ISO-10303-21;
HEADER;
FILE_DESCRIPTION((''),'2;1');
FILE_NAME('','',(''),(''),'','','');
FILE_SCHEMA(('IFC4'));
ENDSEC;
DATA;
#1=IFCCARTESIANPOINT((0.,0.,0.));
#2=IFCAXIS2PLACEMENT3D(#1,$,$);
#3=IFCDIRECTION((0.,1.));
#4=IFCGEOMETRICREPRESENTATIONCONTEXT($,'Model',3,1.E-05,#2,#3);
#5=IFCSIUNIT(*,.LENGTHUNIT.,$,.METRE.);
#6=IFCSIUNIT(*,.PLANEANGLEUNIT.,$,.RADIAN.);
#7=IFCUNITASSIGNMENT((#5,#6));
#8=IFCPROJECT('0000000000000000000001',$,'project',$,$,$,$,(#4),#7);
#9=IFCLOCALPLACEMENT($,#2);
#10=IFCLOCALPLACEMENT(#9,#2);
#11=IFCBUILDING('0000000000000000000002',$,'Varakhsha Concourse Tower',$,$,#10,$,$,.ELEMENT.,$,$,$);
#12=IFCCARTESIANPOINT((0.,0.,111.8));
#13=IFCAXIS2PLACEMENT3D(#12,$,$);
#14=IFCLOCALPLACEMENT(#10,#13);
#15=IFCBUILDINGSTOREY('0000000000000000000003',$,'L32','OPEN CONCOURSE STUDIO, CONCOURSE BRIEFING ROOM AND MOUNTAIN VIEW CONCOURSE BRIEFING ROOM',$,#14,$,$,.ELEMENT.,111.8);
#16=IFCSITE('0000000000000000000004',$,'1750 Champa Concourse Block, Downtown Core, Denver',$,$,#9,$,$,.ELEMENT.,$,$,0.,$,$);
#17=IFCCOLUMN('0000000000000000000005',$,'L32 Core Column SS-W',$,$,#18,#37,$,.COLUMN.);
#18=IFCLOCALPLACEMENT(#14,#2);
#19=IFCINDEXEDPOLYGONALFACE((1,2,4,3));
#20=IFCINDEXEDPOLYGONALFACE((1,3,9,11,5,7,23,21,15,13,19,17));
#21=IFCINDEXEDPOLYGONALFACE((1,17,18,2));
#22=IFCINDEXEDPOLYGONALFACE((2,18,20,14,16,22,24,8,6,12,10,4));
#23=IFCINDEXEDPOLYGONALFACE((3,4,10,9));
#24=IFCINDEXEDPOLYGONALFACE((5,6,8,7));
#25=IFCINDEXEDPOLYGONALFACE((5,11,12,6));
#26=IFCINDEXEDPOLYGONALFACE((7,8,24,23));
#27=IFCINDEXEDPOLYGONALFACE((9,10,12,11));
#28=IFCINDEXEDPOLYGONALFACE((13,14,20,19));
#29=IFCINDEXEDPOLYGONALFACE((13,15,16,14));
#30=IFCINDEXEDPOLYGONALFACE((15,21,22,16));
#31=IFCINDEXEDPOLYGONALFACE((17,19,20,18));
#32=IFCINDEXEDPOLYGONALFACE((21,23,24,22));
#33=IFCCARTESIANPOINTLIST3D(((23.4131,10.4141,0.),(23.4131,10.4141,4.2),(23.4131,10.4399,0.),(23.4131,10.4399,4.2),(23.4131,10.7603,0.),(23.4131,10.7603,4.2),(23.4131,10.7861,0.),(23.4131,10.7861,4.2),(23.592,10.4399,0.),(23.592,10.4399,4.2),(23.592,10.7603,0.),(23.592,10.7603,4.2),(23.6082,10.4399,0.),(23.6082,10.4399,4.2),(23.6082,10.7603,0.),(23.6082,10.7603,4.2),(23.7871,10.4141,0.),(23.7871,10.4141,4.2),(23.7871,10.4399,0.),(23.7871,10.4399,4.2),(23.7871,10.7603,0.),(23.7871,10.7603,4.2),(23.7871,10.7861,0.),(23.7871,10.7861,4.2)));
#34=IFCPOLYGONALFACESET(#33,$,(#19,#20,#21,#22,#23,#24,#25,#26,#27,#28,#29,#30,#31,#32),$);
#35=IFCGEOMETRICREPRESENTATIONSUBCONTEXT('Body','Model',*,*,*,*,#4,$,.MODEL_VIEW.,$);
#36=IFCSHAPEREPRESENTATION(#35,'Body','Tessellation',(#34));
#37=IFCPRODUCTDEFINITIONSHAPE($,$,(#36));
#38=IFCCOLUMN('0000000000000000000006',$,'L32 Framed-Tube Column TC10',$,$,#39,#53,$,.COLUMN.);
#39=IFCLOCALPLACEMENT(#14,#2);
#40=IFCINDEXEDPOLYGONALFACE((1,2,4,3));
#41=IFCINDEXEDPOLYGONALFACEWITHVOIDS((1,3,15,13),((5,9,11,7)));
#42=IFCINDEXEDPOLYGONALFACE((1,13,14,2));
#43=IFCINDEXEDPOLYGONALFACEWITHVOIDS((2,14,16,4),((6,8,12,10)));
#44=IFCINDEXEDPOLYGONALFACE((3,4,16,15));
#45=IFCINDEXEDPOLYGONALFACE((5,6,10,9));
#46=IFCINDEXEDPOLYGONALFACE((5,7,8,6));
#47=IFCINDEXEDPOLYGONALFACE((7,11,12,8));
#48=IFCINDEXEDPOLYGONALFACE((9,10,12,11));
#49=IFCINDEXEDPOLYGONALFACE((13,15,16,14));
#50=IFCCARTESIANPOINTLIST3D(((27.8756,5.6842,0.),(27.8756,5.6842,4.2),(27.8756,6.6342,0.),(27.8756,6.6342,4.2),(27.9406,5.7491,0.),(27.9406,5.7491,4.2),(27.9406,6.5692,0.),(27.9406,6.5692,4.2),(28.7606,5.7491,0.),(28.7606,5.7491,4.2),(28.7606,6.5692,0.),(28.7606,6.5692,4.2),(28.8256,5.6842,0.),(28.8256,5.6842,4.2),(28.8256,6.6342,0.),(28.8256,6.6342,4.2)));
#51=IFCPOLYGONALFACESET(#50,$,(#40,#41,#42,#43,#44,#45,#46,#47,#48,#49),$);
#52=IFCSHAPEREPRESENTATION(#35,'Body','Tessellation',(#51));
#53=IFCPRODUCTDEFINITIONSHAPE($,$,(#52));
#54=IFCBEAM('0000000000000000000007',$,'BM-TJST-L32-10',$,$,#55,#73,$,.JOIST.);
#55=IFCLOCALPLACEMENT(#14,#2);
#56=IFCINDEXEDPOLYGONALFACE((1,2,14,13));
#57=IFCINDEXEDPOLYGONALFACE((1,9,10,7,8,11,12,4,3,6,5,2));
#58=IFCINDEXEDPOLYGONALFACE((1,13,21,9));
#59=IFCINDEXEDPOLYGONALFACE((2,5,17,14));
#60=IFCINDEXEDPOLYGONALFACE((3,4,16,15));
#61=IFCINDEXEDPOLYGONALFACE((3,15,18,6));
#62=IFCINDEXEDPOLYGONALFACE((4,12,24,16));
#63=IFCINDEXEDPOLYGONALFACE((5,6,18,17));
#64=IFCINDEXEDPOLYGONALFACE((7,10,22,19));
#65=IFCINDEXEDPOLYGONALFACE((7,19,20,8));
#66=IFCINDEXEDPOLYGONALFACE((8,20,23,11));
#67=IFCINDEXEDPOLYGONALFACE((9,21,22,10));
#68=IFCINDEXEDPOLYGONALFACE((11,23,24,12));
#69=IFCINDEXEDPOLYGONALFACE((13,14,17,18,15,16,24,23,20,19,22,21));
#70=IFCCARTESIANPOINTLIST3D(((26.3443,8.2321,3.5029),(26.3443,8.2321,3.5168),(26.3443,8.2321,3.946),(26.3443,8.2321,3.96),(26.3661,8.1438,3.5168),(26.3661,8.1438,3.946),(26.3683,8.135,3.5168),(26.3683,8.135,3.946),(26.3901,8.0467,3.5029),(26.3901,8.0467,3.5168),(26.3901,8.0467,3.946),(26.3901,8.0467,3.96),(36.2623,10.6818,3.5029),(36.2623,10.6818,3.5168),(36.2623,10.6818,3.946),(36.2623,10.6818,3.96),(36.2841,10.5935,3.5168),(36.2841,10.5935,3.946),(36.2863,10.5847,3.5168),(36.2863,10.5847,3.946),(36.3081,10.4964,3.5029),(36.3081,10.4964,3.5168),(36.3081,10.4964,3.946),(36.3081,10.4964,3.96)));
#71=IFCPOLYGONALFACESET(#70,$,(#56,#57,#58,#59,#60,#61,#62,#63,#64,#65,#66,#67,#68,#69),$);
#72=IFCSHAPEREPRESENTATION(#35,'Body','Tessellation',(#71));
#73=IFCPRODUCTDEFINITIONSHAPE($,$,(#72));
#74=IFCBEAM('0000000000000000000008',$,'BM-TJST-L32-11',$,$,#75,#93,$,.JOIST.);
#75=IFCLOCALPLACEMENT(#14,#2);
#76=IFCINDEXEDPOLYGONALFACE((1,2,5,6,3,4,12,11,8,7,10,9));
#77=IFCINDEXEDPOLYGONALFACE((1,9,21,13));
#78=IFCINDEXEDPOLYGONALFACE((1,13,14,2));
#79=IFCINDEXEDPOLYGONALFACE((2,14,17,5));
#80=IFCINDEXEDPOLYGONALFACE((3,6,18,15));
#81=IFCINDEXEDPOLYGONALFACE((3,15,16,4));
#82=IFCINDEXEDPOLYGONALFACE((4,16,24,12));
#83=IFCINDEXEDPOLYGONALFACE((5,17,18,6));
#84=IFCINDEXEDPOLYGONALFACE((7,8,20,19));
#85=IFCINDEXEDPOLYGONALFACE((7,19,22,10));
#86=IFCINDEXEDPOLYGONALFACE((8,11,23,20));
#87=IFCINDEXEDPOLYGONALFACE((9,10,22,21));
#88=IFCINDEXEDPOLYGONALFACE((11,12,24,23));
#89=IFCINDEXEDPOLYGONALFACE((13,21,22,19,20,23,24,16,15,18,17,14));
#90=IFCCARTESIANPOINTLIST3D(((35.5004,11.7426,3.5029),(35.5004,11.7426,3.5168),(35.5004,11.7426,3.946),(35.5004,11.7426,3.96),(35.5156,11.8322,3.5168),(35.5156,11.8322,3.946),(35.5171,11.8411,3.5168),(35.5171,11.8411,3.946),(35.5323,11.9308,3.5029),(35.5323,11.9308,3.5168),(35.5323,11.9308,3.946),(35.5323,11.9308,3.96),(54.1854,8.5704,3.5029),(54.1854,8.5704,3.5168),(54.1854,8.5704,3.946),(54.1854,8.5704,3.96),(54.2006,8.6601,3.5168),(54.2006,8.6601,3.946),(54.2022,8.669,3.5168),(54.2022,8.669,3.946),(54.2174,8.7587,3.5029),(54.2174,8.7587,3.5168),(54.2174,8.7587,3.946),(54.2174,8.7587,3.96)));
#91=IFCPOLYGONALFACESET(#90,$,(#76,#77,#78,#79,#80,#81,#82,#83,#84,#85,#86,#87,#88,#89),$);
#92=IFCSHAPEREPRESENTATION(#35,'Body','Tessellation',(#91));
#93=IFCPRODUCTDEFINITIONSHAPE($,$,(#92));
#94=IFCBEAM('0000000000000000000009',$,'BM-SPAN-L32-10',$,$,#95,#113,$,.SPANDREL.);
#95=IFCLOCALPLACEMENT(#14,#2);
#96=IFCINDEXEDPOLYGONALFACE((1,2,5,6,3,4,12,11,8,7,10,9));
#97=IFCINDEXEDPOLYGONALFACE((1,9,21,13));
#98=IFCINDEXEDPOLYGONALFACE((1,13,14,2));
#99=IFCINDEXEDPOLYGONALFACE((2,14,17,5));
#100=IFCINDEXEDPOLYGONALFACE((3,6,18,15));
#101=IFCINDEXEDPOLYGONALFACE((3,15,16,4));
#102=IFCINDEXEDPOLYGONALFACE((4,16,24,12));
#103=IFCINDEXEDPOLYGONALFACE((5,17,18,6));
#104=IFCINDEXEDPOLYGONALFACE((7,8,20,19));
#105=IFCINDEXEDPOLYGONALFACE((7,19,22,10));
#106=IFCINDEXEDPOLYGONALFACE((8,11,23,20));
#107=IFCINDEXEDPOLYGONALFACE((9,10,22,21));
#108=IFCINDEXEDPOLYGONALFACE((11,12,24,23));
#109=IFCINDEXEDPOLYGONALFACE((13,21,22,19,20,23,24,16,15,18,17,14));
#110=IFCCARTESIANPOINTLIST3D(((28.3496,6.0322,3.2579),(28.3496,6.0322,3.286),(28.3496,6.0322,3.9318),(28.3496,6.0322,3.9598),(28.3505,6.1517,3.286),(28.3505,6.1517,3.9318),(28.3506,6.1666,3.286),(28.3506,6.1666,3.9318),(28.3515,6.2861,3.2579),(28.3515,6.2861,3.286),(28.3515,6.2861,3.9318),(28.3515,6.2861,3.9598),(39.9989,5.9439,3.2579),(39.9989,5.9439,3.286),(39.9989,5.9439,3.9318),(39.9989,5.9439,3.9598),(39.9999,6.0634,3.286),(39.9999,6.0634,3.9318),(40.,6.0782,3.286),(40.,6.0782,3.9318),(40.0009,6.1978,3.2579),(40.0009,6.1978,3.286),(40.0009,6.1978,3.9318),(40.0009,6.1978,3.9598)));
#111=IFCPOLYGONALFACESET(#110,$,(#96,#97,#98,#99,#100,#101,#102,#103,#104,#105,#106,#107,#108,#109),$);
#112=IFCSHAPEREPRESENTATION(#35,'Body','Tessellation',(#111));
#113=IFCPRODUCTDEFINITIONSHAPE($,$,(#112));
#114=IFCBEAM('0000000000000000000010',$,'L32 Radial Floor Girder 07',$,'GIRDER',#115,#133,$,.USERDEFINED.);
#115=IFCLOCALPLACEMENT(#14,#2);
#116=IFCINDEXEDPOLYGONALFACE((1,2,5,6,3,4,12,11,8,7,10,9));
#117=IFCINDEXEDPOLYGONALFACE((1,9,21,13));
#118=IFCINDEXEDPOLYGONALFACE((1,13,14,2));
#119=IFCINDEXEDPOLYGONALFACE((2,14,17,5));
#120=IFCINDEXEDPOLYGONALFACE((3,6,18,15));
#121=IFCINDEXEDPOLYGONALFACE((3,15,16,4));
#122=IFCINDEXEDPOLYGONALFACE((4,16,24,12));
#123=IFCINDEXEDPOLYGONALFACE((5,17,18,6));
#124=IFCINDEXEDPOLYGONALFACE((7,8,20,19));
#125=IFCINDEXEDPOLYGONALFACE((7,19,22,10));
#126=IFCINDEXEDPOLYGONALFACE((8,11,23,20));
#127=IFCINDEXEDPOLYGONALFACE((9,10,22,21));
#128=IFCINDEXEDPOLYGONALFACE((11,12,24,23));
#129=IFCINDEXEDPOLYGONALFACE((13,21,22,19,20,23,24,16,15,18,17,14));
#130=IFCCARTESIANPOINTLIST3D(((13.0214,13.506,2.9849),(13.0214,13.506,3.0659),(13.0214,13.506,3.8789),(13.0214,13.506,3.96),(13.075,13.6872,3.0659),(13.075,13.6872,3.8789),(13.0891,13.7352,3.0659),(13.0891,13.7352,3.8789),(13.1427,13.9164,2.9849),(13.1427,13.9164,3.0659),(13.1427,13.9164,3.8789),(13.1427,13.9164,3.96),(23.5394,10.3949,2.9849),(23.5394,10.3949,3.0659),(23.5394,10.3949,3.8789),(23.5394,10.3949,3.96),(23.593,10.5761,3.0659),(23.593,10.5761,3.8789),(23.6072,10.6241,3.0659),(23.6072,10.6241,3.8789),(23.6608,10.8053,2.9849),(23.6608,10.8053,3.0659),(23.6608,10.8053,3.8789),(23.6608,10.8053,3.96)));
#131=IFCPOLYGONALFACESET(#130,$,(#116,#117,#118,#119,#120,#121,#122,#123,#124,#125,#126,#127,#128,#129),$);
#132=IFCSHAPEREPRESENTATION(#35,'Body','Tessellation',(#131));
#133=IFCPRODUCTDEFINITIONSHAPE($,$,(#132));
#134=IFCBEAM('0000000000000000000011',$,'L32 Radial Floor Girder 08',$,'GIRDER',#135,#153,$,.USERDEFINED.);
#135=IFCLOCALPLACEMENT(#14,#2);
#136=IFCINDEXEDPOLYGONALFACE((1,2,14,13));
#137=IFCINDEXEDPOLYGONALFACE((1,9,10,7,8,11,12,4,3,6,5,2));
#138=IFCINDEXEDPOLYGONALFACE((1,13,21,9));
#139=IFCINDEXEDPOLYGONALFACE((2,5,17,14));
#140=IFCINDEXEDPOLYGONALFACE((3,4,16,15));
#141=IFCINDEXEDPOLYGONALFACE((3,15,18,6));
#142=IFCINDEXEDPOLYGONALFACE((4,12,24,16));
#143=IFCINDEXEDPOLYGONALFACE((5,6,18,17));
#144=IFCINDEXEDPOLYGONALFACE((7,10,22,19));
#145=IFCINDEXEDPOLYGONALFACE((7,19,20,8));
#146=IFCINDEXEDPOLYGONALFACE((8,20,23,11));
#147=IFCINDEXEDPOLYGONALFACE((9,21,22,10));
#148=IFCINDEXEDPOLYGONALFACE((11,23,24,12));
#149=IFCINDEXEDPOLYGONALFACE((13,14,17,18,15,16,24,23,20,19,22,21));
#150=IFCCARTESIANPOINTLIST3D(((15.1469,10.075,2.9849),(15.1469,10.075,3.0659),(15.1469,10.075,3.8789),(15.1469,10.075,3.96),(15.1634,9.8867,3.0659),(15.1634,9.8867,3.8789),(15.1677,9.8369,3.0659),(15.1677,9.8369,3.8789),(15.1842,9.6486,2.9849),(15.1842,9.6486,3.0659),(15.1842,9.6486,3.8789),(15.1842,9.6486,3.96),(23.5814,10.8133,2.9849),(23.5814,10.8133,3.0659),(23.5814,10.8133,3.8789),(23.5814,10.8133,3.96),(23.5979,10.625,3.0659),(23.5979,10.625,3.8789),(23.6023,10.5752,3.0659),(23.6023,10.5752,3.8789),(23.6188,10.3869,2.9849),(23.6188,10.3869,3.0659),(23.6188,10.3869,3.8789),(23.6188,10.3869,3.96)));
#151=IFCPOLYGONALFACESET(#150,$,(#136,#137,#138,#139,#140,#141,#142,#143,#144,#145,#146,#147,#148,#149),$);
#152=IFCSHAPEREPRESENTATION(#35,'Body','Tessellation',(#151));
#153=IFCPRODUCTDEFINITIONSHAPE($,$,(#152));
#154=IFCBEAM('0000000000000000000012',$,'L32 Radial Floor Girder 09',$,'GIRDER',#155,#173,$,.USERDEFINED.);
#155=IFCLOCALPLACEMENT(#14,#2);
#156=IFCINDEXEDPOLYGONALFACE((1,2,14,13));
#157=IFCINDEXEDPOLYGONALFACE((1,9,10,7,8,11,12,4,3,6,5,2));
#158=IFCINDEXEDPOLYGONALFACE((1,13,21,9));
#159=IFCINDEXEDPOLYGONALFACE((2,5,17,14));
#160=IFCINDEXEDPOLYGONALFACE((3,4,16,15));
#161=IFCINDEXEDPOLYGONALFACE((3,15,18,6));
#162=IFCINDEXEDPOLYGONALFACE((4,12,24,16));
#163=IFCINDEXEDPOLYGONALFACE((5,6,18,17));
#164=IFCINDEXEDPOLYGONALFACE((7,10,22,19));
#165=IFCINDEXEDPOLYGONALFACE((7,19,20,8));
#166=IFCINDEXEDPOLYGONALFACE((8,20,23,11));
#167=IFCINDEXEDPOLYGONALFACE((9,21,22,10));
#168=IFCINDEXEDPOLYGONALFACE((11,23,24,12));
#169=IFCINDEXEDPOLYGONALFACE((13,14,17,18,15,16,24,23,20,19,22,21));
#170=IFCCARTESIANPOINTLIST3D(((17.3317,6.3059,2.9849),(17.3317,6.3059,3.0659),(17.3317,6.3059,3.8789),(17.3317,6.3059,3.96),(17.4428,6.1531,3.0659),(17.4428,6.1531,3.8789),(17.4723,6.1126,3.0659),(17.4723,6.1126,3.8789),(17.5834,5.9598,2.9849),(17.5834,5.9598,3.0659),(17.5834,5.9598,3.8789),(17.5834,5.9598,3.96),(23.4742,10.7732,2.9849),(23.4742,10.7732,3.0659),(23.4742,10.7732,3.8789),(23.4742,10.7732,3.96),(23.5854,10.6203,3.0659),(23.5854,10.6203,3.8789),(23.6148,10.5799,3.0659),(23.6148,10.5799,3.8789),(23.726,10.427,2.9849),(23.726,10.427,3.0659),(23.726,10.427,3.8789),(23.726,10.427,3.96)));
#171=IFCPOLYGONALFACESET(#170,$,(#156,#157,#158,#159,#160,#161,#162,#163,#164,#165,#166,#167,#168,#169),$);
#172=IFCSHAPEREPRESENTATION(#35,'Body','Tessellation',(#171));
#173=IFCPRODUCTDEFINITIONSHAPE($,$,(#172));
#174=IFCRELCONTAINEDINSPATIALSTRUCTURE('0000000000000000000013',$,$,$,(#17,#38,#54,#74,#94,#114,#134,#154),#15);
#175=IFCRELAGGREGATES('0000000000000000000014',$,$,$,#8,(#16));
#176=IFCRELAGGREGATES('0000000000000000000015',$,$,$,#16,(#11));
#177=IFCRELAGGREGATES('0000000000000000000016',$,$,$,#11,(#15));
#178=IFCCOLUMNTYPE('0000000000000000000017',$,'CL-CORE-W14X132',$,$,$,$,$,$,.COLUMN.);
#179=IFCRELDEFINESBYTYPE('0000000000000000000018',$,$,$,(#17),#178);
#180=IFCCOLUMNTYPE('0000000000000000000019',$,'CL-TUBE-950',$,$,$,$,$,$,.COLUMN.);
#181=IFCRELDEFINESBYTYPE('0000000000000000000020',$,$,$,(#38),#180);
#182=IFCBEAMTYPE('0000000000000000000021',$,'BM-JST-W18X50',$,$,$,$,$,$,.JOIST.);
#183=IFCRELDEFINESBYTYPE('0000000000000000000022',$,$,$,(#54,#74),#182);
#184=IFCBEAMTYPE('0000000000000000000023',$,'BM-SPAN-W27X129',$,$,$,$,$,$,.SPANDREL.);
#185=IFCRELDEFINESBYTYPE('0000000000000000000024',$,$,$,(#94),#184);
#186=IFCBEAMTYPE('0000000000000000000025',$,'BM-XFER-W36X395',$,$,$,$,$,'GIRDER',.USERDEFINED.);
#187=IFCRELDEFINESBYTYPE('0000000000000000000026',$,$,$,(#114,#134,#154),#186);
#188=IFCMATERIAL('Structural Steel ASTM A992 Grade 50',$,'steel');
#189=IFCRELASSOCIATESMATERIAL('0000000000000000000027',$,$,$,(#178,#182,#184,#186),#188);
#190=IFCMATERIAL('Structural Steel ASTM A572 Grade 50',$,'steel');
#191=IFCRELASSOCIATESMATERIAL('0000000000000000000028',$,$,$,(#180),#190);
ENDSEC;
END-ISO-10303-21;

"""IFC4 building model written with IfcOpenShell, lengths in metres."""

from ifc_helpers import new_model, si_unit, direction, frame, origin, origin_2d, place, context, subcontext, project, spatial, hollow_rectangle, i_section, extrude, material, material_profile, profile_set, type_object, element, save


model = new_model("IFC4")

# Units and contexts
model_context = context("Model", 3, precision=1e-05, world=origin(), true_north=direction((0.0, 1.0)))
body_context = subcontext(model_context, "Body", "Model", "MODEL_VIEW")
ifc_project = project(units=[si_unit("LENGTHUNIT", "METRE"), si_unit("PLANEANGLEUNIT", "RADIAN")], contexts=[model_context])

# Site, building, storey
site_placement = place(None, origin())
site = spatial("IfcSite", under=ifc_project, at=site_placement, Name="1750 Champa Concourse Block, Downtown Core, Denver", CompositionType="ELEMENT", RefElevation=0.0)
building_placement = place(site_placement, origin())
building = spatial("IfcBuilding", under=site, at=building_placement, Name="Varakhsha Concourse Tower", CompositionType="ELEMENT")
storey_placement = place(building_placement, frame((0.0, 0.0, 111.8)))
storey = spatial("IfcBuildingStorey", under=building, at=storey_placement, Name="L32", Description="OPEN CONCOURSE STUDIO, CONCOURSE BRIEFING ROOM AND MOUNTAIN VIEW CONCOURSE BRIEFING ROOM", CompositionType="ELEMENT", Elevation=111.8)

# Columns
ifc_material_1 = material(Name="Structural Steel ASTM A992 Grade 50", Category="steel")
ifc_material_profile_1 = material_profile(ifc_material_1, i_section(OverallWidth=0.374, OverallDepth=0.3721, WebThickness=0.0161, FlangeThickness=0.0259, at=origin_2d()), Name="W14X132")
ifc_profile_set_1 = profile_set([ifc_material_profile_1], Name="Structural Steel ASTM A992 Grade 50")
column_type_1 = type_object("IfcColumnType", Name="CL-CORE-W14X132", PredefinedType="COLUMN", material=ifc_profile_set_1)
column_1_placement = place(storey_placement, frame((23.6001, 10.6001, 0.0), z_axis=(0.0, 0.0, 1.0), x_axis=(1.0, 0.0, 0.0)))
element("IfcColumn", 1, at=column_1_placement, inside=storey, type_object=column_type_1, Name="L32 Core Column SS-W", PredefinedType="COLUMN", context=body_context, shape_type="SweptSolid", body=[
    extrude(i_section(OverallWidth=0.374, OverallDepth=0.3721, WebThickness=0.0161, FlangeThickness=0.0259, at=origin_2d()), origin(), (0.0, 0.0, 1.0), 4.2),
])
ifc_material_2 = material(Name="Structural Steel ASTM A572 Grade 50", Category="steel")
ifc_material_profile_2 = material_profile(ifc_material_2, hollow_rectangle(XDim=0.95, YDim=0.95, WallThickness=0.0649, at=origin_2d()), Name="BOX 950x950x65")
ifc_profile_set_2 = profile_set([ifc_material_profile_2], Name="Structural Steel ASTM A572 Grade 50")
column_type_2 = type_object("IfcColumnType", Name="CL-TUBE-950", PredefinedType="COLUMN", material=ifc_profile_set_2)
column_2_placement = place(storey_placement, frame((28.3506, 6.1592, 0.0), z_axis=(0.0, 0.0, 1.0), x_axis=(1.0, 0.0, 0.0)))
element("IfcColumn", 2, at=column_2_placement, inside=storey, type_object=column_type_2, Name="L32 Framed-Tube Column TC10", PredefinedType="COLUMN", context=body_context, shape_type="SweptSolid", body=[
    extrude(hollow_rectangle(XDim=0.95, YDim=0.95, WallThickness=0.0649, at=origin_2d()), origin(), (0.0, 0.0, 1.0), 4.2),
])

# Beams
ifc_material_profile_3 = material_profile(ifc_material_1, i_section(OverallWidth=0.1909, OverallDepth=0.457, WebThickness=0.009, FlangeThickness=0.0139, at=origin_2d()), Name="W18X50")
ifc_profile_set_3 = profile_set([ifc_material_profile_3], Name="Structural Steel ASTM A992 Grade 50")
beam_type_1 = type_object("IfcBeamType", Name="BM-JST-W18X50", PredefinedType="JOIST", material=ifc_profile_set_3)
beam_1_placement = place(storey_placement, frame((26.3672, 8.1394, 3.7314), z_axis=(0.970825, 0.239791, 0.0), x_axis=(-0.239791, 0.970825, 0.0)))
element("IfcBeam", 3, at=beam_1_placement, inside=storey, type_object=beam_type_1, Name="BM-TJST-L32-10", PredefinedType="JOIST", context=body_context, shape_type="SweptSolid", body=[
    extrude(i_section(OverallWidth=0.1909, OverallDepth=0.457, WebThickness=0.009, FlangeThickness=0.0139, at=origin_2d()), origin(), (0.0, 0.0, 1.0), 10.2161),
])
beam_2_placement = place(storey_placement, frame((35.5164, 11.8367, 3.7314), z_axis=(0.985894, -0.167373, 0.0), x_axis=(0.167373, 0.985894, 0.0)))
element("IfcBeam", 4, at=beam_2_placement, inside=storey, type_object=beam_type_1, Name="BM-TJST-L32-11", PredefinedType="JOIST", context=body_context, shape_type="SweptSolid", body=[
    extrude(i_section(OverallWidth=0.1909, OverallDepth=0.457, WebThickness=0.009, FlangeThickness=0.0139, at=origin_2d()), origin(), (0.0, 0.0, 1.0), 18.9524),
])
ifc_material_profile_4 = material_profile(ifc_material_1, i_section(OverallWidth=0.2539, OverallDepth=0.7019, WebThickness=0.0149, FlangeThickness=0.0281, at=origin_2d()), Name="W27X129")
ifc_profile_set_4 = profile_set([ifc_material_profile_4], Name="Structural Steel ASTM A992 Grade 50")
beam_type_2 = type_object("IfcBeamType", Name="BM-SPAN-W27X129", PredefinedType="SPANDREL", material=ifc_profile_set_4)
beam_3_placement = place(storey_placement, frame((28.3506, 6.1592, 3.6089), z_axis=(0.999971, -0.007586, 0.0), x_axis=(0.007586, 0.999971, 0.0)))
element("IfcBeam", 5, at=beam_3_placement, inside=storey, type_object=beam_type_2, Name="BM-SPAN-L32-10", PredefinedType="SPANDREL", context=body_context, shape_type="SweptSolid", body=[
    extrude(i_section(OverallWidth=0.2539, OverallDepth=0.7019, WebThickness=0.0149, FlangeThickness=0.0281, at=origin_2d()), origin(), (0.0, 0.0, 1.0), 11.6497),
])
ifc_material_profile_5 = material_profile(ifc_material_1, i_section(OverallWidth=0.428, OverallDepth=0.9751, WebThickness=0.05, FlangeThickness=0.0811, at=origin_2d()), Name="W36X395")
ifc_profile_set_5 = profile_set([ifc_material_profile_5], Name="Structural Steel ASTM A992 Grade 50")
beam_type_3 = type_object("IfcBeamType", Name="BM-XFER-W36X395", ElementType="GIRDER", PredefinedType="USERDEFINED", material=ifc_profile_set_5)
beam_4_placement = place(storey_placement, frame((23.6001, 10.6001, 3.4724), z_axis=(-0.958932, 0.283637, 0.0), x_axis=(-0.283637, -0.958932, 0.0)))
element("IfcBeam", 6, at=beam_4_placement, inside=storey, type_object=beam_type_3, Name="L32 Radial Floor Girder 07", ObjectType="GIRDER", PredefinedType="USERDEFINED", context=body_context, shape_type="SweptSolid", body=[
    extrude(i_section(OverallWidth=0.428, OverallDepth=0.9751, WebThickness=0.05, FlangeThickness=0.0811, at=origin_2d()), origin(), (0.0, 0.0, 1.0), 10.9685),
])
beam_5_placement = place(storey_placement, frame((23.6001, 10.6001, 3.4724), z_axis=(-0.996191, -0.087197, 0.0), x_axis=(0.087197, -0.996191, 0.0)))
element("IfcBeam", 7, at=beam_5_placement, inside=storey, type_object=beam_type_3, Name="L32 Radial Floor Girder 08", ObjectType="GIRDER", PredefinedType="USERDEFINED", context=body_context, shape_type="SweptSolid", body=[
    extrude(i_section(OverallWidth=0.428, OverallDepth=0.9751, WebThickness=0.05, FlangeThickness=0.0811, at=origin_2d()), origin(), (0.0, 0.0, 1.0), 8.4668),
])
beam_6_placement = place(storey_placement, frame((23.6001, 10.6001, 3.4724), z_axis=(-0.808739, -0.588168, 0.0), x_axis=(0.588168, -0.808739, 0.0)))
element("IfcBeam", 8, at=beam_6_placement, inside=storey, type_object=beam_type_3, Name="L32 Radial Floor Girder 09", ObjectType="GIRDER", PredefinedType="USERDEFINED", context=body_context, shape_type="SweptSolid", body=[
    extrude(i_section(OverallWidth=0.428, OverallDepth=0.9751, WebThickness=0.05, FlangeThickness=0.0811, at=origin_2d()), origin(), (0.0, 0.0, 1.0), 7.5952),
])

save(model, "model.ifc")
